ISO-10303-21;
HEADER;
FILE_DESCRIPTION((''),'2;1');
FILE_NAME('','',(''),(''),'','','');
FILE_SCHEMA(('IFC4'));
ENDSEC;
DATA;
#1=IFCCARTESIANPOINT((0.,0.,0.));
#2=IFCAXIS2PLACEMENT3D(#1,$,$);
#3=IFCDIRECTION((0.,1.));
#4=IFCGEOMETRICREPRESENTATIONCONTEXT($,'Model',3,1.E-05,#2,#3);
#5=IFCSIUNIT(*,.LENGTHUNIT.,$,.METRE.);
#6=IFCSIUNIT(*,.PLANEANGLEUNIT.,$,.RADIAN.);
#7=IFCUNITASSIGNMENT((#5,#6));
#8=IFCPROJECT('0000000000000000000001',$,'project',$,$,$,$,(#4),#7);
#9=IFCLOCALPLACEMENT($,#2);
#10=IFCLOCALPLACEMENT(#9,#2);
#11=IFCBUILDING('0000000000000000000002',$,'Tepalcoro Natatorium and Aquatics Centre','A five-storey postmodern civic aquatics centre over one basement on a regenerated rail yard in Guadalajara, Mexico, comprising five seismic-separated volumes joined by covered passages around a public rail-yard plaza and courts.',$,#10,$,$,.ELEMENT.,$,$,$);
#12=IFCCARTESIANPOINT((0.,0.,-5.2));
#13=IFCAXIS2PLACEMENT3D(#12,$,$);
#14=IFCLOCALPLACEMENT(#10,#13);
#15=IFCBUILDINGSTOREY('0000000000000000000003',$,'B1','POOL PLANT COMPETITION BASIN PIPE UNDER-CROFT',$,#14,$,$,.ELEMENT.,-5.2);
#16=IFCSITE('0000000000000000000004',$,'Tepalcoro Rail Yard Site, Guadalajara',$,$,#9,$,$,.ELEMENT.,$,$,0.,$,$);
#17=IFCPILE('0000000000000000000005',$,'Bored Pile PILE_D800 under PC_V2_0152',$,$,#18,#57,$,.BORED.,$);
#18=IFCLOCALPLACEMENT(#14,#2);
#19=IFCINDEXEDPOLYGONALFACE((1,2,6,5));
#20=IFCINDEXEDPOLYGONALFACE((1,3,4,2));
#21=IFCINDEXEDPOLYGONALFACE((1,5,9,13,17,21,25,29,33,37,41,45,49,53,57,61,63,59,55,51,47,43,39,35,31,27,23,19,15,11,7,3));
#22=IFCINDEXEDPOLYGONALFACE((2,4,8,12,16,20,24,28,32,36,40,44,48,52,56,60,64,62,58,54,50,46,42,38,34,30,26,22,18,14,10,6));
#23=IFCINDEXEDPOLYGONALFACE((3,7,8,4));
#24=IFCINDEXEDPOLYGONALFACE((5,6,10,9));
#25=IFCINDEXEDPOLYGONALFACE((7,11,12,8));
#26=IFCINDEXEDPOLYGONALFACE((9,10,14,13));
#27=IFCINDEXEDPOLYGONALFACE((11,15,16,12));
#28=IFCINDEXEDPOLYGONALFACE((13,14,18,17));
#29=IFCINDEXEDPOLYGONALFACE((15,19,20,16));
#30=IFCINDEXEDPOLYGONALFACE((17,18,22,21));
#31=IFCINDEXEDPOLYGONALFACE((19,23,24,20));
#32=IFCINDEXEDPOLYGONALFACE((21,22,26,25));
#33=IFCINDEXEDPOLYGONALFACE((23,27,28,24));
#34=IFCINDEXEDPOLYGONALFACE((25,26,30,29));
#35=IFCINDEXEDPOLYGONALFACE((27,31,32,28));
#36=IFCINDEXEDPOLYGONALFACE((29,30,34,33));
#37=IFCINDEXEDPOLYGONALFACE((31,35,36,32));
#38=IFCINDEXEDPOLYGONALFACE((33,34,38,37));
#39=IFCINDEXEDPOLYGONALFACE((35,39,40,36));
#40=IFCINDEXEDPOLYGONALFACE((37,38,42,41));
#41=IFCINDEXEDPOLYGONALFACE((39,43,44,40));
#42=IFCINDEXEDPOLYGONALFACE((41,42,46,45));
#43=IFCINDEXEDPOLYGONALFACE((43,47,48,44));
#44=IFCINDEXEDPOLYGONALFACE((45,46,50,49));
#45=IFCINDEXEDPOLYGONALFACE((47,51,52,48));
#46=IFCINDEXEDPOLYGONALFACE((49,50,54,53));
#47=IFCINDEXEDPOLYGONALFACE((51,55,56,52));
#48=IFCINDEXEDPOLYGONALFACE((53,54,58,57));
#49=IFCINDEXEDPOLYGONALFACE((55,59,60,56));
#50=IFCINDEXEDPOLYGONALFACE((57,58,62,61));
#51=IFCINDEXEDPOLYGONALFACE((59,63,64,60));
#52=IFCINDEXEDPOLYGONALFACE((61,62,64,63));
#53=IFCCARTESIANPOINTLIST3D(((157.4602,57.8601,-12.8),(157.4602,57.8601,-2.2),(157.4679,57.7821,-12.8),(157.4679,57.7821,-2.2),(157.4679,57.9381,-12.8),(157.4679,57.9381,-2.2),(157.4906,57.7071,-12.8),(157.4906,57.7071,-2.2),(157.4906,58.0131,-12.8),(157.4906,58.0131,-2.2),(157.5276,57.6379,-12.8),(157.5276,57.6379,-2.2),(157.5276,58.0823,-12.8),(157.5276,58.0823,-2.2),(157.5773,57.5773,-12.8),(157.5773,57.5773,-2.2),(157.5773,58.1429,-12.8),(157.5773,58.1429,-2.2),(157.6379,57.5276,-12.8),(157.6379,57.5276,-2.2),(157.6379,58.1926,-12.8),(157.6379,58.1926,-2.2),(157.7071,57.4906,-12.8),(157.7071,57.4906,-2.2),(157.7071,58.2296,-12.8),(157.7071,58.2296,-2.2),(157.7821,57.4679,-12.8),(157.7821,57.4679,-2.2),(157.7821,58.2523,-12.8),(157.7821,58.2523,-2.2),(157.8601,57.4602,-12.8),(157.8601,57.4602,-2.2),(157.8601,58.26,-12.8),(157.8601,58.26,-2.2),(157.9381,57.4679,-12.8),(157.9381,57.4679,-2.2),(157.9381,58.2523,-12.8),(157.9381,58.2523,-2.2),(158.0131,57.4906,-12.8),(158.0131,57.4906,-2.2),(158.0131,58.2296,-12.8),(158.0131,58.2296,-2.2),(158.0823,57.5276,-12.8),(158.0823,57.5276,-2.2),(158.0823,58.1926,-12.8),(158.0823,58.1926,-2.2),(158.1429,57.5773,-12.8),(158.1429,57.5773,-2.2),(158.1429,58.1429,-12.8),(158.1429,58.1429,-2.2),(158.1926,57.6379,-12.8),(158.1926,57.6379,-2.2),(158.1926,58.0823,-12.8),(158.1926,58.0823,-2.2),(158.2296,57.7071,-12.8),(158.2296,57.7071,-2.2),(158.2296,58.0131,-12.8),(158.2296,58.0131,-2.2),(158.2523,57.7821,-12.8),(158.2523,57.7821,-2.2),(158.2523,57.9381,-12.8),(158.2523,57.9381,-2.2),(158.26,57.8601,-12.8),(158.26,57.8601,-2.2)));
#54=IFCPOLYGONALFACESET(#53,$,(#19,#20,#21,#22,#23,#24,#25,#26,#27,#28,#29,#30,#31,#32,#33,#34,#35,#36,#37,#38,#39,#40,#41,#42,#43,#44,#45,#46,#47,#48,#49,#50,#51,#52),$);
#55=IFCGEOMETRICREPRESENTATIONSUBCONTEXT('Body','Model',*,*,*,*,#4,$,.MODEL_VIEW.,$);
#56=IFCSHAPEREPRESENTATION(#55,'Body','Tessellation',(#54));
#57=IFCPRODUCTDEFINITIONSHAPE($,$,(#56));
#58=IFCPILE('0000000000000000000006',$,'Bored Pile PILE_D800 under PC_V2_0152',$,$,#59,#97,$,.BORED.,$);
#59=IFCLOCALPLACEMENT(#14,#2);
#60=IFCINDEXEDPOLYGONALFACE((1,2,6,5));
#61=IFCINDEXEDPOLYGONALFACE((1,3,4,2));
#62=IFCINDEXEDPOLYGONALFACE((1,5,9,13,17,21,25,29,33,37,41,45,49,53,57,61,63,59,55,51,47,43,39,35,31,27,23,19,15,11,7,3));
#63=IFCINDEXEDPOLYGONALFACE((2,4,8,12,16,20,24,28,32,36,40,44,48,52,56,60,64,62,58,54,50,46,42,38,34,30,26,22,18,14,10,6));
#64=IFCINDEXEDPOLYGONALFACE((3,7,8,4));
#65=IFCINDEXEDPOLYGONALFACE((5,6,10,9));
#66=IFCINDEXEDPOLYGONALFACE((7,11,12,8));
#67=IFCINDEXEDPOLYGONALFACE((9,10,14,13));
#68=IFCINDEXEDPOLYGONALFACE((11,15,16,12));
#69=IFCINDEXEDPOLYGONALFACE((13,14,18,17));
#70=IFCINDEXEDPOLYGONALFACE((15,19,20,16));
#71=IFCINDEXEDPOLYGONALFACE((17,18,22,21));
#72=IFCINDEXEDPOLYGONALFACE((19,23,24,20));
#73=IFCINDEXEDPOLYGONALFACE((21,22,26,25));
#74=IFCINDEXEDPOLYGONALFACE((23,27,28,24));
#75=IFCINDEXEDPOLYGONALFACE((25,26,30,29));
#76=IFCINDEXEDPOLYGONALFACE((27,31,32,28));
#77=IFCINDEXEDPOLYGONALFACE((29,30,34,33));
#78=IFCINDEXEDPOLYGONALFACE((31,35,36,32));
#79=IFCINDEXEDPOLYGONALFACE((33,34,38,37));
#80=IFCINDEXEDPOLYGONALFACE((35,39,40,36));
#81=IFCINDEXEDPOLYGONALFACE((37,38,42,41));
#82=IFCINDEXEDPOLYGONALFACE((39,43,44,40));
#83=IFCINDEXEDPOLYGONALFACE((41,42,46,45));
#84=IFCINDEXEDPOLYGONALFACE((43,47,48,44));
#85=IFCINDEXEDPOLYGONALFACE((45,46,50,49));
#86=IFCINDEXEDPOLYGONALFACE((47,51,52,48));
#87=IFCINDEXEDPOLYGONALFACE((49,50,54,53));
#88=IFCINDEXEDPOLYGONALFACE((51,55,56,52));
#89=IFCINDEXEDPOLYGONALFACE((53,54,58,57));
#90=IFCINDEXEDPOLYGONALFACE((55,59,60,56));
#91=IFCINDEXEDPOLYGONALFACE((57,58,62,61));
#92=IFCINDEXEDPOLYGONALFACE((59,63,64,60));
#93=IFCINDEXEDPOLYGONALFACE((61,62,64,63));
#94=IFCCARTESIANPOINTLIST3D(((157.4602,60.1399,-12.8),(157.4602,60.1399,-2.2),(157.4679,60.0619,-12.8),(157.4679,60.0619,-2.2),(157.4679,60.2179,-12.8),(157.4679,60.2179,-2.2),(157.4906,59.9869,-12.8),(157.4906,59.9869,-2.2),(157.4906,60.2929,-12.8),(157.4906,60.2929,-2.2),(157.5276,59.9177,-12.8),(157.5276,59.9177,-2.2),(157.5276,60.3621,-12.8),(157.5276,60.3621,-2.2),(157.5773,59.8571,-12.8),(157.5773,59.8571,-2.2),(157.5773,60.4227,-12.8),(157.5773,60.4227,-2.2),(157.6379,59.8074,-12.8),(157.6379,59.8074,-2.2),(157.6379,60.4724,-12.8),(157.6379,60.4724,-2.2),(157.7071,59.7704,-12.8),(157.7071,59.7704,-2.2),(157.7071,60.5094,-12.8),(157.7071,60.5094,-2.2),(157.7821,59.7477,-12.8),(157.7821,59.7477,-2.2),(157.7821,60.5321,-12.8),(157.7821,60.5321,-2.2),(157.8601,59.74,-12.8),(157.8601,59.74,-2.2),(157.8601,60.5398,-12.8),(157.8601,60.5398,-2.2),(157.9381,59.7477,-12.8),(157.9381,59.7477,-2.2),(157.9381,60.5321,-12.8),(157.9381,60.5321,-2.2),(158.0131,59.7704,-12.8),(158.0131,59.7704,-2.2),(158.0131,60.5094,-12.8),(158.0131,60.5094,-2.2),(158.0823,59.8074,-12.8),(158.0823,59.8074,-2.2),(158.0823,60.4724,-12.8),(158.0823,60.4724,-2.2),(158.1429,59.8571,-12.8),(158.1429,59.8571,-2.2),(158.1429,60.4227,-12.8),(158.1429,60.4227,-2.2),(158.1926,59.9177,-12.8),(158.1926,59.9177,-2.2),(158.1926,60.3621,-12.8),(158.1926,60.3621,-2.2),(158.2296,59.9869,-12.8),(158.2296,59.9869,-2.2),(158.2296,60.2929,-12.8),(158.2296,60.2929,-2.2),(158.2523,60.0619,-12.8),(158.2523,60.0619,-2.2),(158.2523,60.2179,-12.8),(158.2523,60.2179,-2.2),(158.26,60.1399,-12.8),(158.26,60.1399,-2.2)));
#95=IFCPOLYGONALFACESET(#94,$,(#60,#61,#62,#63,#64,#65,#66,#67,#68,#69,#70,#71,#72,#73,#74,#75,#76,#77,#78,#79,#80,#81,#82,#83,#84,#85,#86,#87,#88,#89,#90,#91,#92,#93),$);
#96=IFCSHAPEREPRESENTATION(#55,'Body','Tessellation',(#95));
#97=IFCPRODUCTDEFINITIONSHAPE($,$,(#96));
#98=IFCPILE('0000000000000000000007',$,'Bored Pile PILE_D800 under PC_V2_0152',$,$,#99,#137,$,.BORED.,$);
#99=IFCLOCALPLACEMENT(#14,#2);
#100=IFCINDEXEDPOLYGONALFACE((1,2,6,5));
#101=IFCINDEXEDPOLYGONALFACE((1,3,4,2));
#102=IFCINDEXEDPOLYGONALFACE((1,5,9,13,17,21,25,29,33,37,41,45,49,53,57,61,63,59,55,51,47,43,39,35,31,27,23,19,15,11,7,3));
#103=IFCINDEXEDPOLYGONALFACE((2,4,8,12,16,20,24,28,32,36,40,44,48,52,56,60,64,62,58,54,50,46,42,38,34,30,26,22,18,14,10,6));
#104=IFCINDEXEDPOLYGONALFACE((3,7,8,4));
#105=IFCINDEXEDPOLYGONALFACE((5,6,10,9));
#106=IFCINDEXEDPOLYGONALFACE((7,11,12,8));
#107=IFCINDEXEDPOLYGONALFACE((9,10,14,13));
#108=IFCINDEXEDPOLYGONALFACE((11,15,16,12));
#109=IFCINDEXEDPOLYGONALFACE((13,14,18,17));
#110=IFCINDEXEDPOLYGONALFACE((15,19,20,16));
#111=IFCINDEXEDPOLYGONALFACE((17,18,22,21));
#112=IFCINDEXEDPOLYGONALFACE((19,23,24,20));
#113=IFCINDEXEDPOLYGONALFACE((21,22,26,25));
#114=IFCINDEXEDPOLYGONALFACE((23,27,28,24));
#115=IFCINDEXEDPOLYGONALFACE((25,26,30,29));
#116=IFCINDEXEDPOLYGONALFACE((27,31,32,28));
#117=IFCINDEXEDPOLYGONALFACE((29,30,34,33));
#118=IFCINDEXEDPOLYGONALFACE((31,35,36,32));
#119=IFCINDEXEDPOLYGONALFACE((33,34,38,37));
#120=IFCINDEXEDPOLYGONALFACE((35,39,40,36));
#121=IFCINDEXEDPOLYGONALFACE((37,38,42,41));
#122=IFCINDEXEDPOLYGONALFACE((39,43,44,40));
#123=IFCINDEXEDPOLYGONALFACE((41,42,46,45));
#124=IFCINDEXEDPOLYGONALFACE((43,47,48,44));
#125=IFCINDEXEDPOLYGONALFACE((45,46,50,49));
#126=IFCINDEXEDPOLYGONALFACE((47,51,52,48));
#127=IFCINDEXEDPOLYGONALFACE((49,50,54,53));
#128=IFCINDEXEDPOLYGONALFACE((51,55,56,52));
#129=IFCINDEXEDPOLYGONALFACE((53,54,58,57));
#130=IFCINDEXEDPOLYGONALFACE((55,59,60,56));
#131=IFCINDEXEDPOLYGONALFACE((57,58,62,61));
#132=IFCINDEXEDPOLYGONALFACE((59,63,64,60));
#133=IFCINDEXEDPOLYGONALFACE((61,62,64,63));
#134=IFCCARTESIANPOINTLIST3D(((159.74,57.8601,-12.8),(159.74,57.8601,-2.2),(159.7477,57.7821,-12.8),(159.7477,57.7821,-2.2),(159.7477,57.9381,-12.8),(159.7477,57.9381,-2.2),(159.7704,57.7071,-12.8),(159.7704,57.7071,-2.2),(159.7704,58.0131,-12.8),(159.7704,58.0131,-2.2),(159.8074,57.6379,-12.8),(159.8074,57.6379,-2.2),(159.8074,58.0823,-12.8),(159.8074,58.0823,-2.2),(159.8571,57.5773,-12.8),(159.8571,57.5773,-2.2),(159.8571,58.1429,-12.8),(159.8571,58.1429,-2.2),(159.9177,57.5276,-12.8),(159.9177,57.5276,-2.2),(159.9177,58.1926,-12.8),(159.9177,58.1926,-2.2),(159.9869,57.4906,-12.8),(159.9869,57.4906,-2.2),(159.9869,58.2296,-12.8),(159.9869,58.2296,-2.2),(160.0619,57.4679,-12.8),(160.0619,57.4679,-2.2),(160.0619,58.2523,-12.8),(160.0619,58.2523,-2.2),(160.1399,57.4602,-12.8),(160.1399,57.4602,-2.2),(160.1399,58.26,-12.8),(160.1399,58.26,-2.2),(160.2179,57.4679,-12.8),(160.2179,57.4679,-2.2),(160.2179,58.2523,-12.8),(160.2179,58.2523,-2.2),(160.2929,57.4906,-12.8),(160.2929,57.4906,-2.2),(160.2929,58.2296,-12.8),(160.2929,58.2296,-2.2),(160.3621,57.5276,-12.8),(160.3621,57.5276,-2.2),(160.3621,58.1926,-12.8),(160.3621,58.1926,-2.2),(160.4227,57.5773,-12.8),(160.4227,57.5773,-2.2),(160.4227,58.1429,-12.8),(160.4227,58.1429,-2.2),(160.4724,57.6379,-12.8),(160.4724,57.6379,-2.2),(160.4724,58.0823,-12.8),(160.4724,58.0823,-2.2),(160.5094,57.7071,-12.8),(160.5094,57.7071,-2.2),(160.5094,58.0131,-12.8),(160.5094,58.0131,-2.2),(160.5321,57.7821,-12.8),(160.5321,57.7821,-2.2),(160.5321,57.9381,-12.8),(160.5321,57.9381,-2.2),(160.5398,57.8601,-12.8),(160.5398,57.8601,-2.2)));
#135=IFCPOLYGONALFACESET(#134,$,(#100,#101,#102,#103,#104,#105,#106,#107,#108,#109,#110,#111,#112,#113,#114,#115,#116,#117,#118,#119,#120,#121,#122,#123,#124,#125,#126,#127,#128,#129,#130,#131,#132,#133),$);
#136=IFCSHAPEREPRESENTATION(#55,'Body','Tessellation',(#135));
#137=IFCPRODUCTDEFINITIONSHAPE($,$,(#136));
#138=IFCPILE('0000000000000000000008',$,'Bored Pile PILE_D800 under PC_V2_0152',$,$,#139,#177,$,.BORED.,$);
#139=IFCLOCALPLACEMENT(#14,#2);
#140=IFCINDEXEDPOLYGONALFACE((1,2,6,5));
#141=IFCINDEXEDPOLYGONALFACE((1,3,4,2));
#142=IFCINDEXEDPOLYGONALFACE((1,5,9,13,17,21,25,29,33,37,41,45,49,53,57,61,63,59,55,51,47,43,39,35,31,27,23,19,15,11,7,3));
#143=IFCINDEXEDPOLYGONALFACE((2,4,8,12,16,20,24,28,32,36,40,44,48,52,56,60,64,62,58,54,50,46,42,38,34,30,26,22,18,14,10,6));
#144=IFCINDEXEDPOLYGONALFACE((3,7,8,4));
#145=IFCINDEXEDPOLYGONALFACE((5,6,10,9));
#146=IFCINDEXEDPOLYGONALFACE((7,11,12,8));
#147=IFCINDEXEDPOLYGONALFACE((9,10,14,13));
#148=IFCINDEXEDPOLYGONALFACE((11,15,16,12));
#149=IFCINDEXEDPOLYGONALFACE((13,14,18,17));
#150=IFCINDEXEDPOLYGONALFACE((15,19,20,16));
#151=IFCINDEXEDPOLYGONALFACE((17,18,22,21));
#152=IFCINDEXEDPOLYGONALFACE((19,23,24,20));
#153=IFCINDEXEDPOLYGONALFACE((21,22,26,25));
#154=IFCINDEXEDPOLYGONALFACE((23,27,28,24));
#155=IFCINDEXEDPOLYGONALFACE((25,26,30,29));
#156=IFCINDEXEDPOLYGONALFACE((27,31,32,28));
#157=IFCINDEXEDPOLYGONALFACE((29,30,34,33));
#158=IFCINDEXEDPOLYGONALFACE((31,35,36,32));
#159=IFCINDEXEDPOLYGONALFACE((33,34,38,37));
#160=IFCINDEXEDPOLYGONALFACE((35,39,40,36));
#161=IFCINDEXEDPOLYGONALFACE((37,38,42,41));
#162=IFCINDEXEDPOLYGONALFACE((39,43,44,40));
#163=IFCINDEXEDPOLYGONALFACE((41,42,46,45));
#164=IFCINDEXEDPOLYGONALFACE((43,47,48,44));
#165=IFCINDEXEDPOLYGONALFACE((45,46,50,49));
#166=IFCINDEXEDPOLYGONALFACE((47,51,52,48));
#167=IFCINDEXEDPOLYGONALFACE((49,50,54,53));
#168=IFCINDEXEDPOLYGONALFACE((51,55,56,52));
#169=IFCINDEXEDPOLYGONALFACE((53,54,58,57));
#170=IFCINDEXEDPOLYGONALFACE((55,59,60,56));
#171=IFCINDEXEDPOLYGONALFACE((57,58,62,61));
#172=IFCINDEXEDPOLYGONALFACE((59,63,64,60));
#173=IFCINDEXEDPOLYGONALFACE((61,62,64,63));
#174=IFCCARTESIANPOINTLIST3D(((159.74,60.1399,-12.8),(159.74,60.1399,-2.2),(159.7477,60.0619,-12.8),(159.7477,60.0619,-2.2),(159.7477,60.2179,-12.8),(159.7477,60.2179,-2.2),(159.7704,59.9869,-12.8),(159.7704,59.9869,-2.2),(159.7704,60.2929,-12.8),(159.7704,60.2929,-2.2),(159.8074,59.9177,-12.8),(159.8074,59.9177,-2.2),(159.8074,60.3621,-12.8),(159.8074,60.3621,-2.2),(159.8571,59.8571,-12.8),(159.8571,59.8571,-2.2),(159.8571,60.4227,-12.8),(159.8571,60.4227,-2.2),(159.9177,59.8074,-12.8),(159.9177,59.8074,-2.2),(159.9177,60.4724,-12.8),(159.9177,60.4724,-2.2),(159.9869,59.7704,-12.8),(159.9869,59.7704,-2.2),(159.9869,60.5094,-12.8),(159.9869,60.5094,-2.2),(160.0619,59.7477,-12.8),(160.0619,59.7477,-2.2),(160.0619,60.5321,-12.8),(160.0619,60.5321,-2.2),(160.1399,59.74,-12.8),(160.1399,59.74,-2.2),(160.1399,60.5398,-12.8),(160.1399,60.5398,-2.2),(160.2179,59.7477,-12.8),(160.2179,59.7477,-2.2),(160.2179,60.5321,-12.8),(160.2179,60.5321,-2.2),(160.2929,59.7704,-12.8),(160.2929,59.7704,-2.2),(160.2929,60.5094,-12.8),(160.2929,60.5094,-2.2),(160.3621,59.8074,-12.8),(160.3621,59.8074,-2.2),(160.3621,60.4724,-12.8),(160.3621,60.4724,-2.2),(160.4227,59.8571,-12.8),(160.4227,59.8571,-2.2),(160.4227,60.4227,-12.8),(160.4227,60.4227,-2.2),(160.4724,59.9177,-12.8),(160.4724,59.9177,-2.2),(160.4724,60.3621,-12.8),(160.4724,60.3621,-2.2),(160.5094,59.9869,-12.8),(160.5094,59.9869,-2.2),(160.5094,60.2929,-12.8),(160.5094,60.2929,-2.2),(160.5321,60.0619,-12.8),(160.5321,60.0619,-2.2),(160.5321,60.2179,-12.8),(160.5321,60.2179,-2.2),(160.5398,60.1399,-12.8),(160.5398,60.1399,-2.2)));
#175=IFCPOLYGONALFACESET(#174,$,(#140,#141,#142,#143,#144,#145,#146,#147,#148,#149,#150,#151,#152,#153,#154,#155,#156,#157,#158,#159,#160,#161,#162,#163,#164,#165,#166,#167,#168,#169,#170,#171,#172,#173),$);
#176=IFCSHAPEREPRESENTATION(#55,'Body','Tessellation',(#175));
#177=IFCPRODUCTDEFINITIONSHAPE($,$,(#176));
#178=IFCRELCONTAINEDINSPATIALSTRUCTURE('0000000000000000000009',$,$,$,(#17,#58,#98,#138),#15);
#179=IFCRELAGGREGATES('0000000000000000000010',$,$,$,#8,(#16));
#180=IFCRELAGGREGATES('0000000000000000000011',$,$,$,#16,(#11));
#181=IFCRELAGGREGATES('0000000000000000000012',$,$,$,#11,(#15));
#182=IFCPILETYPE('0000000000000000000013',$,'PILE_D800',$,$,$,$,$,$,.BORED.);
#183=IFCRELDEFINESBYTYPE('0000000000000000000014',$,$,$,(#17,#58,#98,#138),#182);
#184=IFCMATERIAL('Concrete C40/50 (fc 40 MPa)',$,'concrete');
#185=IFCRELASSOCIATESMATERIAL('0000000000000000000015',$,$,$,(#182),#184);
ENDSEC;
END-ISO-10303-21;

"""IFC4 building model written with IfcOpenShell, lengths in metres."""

from ifc_helpers import new_model, si_unit, direction, frame, origin, origin_2d, place, context, subcontext, project, spatial, circle, extrude, material, material_profile, profile_set, type_object, element, save


model = new_model("IFC4")

# Units and contexts
model_context = context("Model", 3, precision=1e-05, world=origin(), true_north=direction((0.0, 1.0)))
body_context = subcontext(model_context, "Body", "Model", "MODEL_VIEW")
ifc_project = project(units=[si_unit("LENGTHUNIT", "METRE"), si_unit("PLANEANGLEUNIT", "RADIAN")], contexts=[model_context])

# Site, building, storey
site_placement = place(None, origin())
site = spatial("IfcSite", under=ifc_project, at=site_placement, Name="Tepalcoro Rail Yard Site, Guadalajara", CompositionType="ELEMENT", RefElevation=0.0)
building_placement = place(site_placement, origin())
building = spatial("IfcBuilding", under=site, at=building_placement, Name="Tepalcoro Natatorium and Aquatics Centre", Description="A five-storey postmodern civic aquatics centre over one basement on a regenerated rail yard in Guadalajara, Mexico, comprising five seismic-separated volumes joined by covered passages around a public rail-yard plaza and courts.", CompositionType="ELEMENT")
storey_placement = place(building_placement, frame((0.0, 0.0, -5.2)))
storey = spatial("IfcBuildingStorey", under=building, at=storey_placement, Name="B1", Description="POOL PLANT COMPETITION BASIN PIPE UNDER-CROFT", CompositionType="ELEMENT", Elevation=-5.2)

# Piles
ifc_material_1 = material(Name="Concrete C40/50 (fc 40 MPa)", Category="concrete")
ifc_material_profile_1 = material_profile(ifc_material_1, circle(Radius=0.3999, at=origin_2d()), Name="PILE_D800")
ifc_profile_set_1 = profile_set([ifc_material_profile_1], Name="Concrete C40/50 (fc 40 MPa)")
pile_type_1 = type_object("IfcPileType", Name="PILE_D800", PredefinedType="BORED", material=ifc_profile_set_1)
for number, where, z_axis, x_axis, name in (
    (1, (157.8601, 57.8601, -2.2), (0.0, 0.0, -1.0), (1.0, 0.0, 0.0), "Bored Pile PILE_D800 under PC_V2_0152"),
    (2, (157.8601, 60.1399, -2.2), (0.0, 0.0, -1.0), (1.0, 0.0, 0.0), "Bored Pile PILE_D800 under PC_V2_0152"),
    (3, (160.1399, 57.8601, -2.2), (0.0, 0.0, -1.0), (1.0, 0.0, 0.0), "Bored Pile PILE_D800 under PC_V2_0152"),
    (4, (160.1399, 60.1399, -2.2), (0.0, 0.0, -1.0), (1.0, 0.0, 0.0), "Bored Pile PILE_D800 under PC_V2_0152"),
):
    element("IfcPile", number, at=place(storey_placement, frame(where, z_axis=z_axis, x_axis=x_axis)), inside=storey, type_object=pile_type_1, Name=name, PredefinedType="BORED", context=body_context, shape_type="SweptSolid", body=[
        extrude(circle(Radius=0.3999, at=origin_2d()), origin(), (0.0, 0.0, 1.0), 10.6001),
    ])

save(model, "model.ifc")
